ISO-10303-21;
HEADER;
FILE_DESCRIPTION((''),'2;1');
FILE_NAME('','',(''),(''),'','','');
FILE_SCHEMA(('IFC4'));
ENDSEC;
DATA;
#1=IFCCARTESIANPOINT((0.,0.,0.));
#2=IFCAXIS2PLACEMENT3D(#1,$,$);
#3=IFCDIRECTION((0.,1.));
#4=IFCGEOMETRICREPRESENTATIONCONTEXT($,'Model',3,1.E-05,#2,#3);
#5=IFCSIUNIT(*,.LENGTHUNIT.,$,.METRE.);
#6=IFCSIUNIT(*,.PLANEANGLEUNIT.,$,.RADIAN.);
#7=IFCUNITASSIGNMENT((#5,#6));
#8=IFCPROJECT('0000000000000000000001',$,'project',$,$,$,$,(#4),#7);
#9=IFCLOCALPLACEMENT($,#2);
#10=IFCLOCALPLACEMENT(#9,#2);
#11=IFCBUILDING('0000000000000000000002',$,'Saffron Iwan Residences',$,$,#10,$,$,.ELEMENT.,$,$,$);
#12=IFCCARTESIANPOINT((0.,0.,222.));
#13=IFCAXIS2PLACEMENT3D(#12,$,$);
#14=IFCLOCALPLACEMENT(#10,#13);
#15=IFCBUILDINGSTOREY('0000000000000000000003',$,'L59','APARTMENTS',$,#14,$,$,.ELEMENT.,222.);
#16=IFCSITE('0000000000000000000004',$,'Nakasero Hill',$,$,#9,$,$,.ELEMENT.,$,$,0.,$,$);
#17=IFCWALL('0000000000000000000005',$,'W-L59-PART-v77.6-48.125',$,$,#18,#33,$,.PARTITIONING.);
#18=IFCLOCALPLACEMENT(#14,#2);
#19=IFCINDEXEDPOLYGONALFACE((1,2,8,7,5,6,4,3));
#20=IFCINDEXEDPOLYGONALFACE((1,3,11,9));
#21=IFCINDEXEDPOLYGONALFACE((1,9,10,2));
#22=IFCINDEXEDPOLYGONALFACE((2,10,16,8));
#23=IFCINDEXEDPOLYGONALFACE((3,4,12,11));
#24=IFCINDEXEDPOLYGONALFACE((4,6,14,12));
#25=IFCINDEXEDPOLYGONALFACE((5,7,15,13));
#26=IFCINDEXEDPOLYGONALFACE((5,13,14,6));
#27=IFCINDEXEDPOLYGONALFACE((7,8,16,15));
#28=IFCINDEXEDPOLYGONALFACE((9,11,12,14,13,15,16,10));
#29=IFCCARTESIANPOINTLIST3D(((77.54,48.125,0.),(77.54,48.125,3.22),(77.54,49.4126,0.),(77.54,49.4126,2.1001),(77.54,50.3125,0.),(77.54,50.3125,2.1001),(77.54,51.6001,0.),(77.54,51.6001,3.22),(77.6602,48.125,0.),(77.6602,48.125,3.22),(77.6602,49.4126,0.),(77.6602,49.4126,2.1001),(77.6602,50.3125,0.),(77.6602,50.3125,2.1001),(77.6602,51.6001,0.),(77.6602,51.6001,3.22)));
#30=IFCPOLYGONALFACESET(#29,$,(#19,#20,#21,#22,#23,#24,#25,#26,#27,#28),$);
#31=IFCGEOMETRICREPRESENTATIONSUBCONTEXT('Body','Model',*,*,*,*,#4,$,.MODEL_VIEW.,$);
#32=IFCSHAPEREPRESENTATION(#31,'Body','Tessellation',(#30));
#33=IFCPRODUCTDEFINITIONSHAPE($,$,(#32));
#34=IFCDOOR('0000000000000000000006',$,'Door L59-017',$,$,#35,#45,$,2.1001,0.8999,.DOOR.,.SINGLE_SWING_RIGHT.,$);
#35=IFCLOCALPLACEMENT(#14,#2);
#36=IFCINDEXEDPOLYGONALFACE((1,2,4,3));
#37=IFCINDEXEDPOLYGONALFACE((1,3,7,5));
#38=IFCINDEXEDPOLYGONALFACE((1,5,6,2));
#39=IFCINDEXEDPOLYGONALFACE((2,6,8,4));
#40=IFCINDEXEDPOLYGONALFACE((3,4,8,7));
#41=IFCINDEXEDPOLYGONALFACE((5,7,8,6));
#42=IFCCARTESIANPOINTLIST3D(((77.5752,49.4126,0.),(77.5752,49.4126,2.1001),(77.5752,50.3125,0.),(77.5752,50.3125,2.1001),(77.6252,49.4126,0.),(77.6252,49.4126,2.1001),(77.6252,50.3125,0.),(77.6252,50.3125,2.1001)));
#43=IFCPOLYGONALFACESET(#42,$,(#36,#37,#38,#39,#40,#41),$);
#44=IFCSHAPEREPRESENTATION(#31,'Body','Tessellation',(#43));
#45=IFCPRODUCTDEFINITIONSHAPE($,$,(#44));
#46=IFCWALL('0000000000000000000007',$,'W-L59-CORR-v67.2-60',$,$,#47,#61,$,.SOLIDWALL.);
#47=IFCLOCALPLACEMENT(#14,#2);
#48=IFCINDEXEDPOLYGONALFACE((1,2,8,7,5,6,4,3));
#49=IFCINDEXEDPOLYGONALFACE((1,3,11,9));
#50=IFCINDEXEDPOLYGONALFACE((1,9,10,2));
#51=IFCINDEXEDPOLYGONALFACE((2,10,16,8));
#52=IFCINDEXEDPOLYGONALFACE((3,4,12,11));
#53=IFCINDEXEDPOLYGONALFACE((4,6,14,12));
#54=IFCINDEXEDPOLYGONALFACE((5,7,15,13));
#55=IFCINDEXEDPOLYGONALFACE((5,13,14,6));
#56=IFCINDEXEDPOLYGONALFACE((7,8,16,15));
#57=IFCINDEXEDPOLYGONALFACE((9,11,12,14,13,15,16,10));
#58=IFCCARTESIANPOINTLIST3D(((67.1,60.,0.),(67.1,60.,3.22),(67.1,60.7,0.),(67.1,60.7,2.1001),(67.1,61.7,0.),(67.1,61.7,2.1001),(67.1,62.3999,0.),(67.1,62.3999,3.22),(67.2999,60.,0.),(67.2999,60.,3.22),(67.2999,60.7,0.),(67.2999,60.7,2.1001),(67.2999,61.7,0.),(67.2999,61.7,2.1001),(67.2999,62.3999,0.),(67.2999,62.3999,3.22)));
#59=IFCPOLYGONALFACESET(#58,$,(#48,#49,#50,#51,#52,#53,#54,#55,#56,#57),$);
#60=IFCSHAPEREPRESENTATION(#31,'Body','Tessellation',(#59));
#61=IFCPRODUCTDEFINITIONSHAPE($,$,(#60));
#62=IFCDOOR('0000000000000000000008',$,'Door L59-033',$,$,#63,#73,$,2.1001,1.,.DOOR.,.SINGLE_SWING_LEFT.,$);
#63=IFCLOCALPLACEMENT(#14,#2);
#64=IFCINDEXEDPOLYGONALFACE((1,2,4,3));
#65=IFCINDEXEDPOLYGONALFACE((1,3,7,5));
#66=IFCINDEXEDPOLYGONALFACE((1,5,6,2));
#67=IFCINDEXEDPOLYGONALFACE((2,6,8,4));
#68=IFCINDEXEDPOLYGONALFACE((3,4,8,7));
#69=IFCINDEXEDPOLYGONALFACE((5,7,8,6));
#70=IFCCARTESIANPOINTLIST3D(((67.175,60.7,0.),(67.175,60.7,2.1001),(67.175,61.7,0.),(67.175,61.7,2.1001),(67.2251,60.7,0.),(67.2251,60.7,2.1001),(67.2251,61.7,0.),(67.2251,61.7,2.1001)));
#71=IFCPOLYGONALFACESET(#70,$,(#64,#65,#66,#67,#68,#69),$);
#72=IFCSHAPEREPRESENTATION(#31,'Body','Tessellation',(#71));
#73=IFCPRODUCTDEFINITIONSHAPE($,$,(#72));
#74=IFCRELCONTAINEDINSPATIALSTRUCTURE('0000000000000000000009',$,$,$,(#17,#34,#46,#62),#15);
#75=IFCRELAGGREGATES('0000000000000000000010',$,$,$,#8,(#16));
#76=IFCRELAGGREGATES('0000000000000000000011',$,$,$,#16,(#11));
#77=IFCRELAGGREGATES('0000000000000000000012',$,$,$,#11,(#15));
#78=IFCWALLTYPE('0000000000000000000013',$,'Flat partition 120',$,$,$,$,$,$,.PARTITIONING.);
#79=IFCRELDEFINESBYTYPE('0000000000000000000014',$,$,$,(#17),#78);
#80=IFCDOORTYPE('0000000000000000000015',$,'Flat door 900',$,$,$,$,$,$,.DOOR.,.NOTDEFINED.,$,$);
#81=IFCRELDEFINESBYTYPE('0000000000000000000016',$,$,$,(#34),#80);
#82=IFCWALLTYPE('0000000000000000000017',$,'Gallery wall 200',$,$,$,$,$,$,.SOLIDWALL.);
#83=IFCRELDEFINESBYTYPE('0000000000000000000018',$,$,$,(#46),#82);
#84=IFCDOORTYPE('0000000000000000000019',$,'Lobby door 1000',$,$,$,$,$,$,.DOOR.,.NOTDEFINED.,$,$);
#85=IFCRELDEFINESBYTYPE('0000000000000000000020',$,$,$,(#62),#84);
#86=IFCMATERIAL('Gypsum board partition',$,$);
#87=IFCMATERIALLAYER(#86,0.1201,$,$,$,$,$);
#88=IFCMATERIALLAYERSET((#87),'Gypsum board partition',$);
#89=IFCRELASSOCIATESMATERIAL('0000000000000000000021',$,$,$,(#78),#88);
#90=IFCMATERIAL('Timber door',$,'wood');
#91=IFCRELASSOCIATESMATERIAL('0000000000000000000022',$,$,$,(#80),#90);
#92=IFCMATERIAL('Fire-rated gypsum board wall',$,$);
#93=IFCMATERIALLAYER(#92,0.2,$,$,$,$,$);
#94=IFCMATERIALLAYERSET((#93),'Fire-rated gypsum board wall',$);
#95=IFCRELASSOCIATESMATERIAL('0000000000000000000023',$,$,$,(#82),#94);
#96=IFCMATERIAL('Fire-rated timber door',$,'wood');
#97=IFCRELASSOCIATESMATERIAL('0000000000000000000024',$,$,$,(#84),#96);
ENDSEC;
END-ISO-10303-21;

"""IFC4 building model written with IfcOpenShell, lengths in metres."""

from ifc_helpers import new_model, si_unit, direction, frame, frame_2d, origin, place, context, subcontext, project, spatial, rectangle, extrude, material, layer, layer_set, type_object, element, fill, save


model = new_model("IFC4")

# Units and contexts
model_context = context("Model", 3, precision=1e-05, world=origin(), true_north=direction((0.0, 1.0)))
body_context = subcontext(model_context, "Body", "Model", "MODEL_VIEW")
ifc_project = project(units=[si_unit("LENGTHUNIT", "METRE"), si_unit("PLANEANGLEUNIT", "RADIAN")], contexts=[model_context])

# Site, building, storey
site_placement = place(None, origin())
site = spatial("IfcSite", under=ifc_project, at=site_placement, Name="Nakasero Hill", CompositionType="ELEMENT", RefElevation=0.0)
building_placement = place(site_placement, origin())
building = spatial("IfcBuilding", under=site, at=building_placement, Name="Saffron Iwan Residences", CompositionType="ELEMENT")
storey_placement = place(building_placement, frame((0.0, 0.0, 222.0)))
storey = spatial("IfcBuildingStorey", under=building, at=storey_placement, Name="L59", Description="APARTMENTS", CompositionType="ELEMENT", Elevation=222.0)

# Shared definitions
ifc_material_1 = material(Name="Fire-rated gypsum board wall")
ifc_material_2 = material(Name="Gypsum board partition")
ifc_layer_1 = layer(ifc_material_2, 0.1201)
ifc_layer_set_1 = layer_set([ifc_layer_1], Name="Gypsum board partition")
wall_type_1 = type_object("IfcWallType", Name="Flat partition 120", PredefinedType="PARTITIONING", material=ifc_layer_set_1)

# Walls, openings, doors
ifc_material_3 = material(Name="Timber door", Category="wood")
door_type_1 = type_object("IfcDoorType", Name="Flat door 900", OperationType="NOTDEFINED", PredefinedType="DOOR", material=ifc_material_3)
wall_1_placement = place(storey_placement, frame((77.6001, 48.125, 0.0), z_axis=(0.0, 0.0, 1.0), x_axis=(0.0, 1.0, 0.0)))
wall_1 = element("IfcWall", 1, at=wall_1_placement, inside=storey, type_object=wall_type_1, Name="W-L59-PART-v77.6-48.125", PredefinedType="PARTITIONING", context=body_context, shape_type="SweptSolid", body=[
    extrude(rectangle(XDim=3.4751, YDim=0.1201, at=frame_2d((1.7375, 0.0))), origin(), (0.0, 0.0, 1.0), 3.22),
])
opening_1_placement = place(wall_1_placement, frame((1.2876, 0.0, 0.0)))
opening_1 = element("IfcOpeningElement", 2, at=opening_1_placement, cuts=wall_1, PredefinedType="OPENING", context=body_context, shape_type="SweptSolid", body=[
    extrude(rectangle(XDim=0.8999, YDim=2.1001, at=frame_2d((0.45, 1.05))), frame((0.0, 0.0701, 0.0), z_axis=(0.0, -1.0, 0.0), x_axis=(1.0, 0.0, 0.0)), (0.0, 0.0, 1.0), 0.1401),
])
door_1_placement = place(opening_1_placement, origin())
door_1 = element("IfcDoor", 3, at=door_1_placement, inside=storey, type_object=door_type_1, Name="Door L59-017", OperationType="SINGLE_SWING_RIGHT", OverallHeight=2.1001, OverallWidth=0.8999, PredefinedType="DOOR", context=body_context, shape_type="SweptSolid", body=[
    extrude(rectangle(XDim=0.8999, YDim=2.1001, at=frame_2d((0.45, 1.05))), frame((0.0, 0.0249, 0.0), z_axis=(0.0, -1.0, 0.0), x_axis=(1.0, 0.0, 0.0)), (0.0, 0.0, 1.0), 0.05),
])
fill(opening_1, door_1)
ifc_layer_2 = layer(ifc_material_1, 0.2)
ifc_layer_set_2 = layer_set([ifc_layer_2], Name="Fire-rated gypsum board wall")
wall_type_2 = type_object("IfcWallType", Name="Gallery wall 200", PredefinedType="SOLIDWALL", material=ifc_layer_set_2)
wall_2_placement = place(storey_placement, frame((67.2, 60.0, 0.0), z_axis=(0.0, 0.0, 1.0), x_axis=(0.0, 1.0, 0.0)))
wall_2 = element("IfcWall", 4, at=wall_2_placement, inside=storey, type_object=wall_type_2, Name="W-L59-CORR-v67.2-60", PredefinedType="SOLIDWALL", context=body_context, shape_type="SweptSolid", body=[
    extrude(rectangle(XDim=2.3999, YDim=0.2, at=frame_2d((1.2, 0.0))), origin(), (0.0, 0.0, 1.0), 3.22),
])
opening_2_placement = place(wall_2_placement, frame((0.7, 0.0, 0.0)))
opening_2 = element("IfcOpeningElement", 5, at=opening_2_placement, cuts=wall_2, PredefinedType="OPENING", context=body_context, shape_type="SweptSolid", body=[
    extrude(rectangle(XDim=1.0, YDim=2.1001, at=frame_2d((0.5, 1.05))), frame((0.0, 0.1099, 0.0), z_axis=(0.0, -1.0, 0.0), x_axis=(1.0, 0.0, 0.0)), (0.0, 0.0, 1.0), 0.22),
])
ifc_material_4 = material(Name="Fire-rated timber door", Category="wood")
door_type_2 = type_object("IfcDoorType", Name="Lobby door 1000", OperationType="NOTDEFINED", PredefinedType="DOOR", material=ifc_material_4)
door_2_placement = place(opening_2_placement, origin())
door_2 = element("IfcDoor", 6, at=door_2_placement, inside=storey, type_object=door_type_2, Name="Door L59-033", OperationType="SINGLE_SWING_LEFT", OverallHeight=2.1001, OverallWidth=1.0, PredefinedType="DOOR", context=body_context, shape_type="SweptSolid", body=[
    extrude(rectangle(XDim=1.0, YDim=2.1001, at=frame_2d((0.5, 1.05))), frame((0.0, 0.0249, 0.0), z_axis=(0.0, -1.0, 0.0), x_axis=(1.0, 0.0, 0.0)), (0.0, 0.0, 1.0), 0.05),
])
fill(opening_2, door_2)

save(model, "model.ifc")
